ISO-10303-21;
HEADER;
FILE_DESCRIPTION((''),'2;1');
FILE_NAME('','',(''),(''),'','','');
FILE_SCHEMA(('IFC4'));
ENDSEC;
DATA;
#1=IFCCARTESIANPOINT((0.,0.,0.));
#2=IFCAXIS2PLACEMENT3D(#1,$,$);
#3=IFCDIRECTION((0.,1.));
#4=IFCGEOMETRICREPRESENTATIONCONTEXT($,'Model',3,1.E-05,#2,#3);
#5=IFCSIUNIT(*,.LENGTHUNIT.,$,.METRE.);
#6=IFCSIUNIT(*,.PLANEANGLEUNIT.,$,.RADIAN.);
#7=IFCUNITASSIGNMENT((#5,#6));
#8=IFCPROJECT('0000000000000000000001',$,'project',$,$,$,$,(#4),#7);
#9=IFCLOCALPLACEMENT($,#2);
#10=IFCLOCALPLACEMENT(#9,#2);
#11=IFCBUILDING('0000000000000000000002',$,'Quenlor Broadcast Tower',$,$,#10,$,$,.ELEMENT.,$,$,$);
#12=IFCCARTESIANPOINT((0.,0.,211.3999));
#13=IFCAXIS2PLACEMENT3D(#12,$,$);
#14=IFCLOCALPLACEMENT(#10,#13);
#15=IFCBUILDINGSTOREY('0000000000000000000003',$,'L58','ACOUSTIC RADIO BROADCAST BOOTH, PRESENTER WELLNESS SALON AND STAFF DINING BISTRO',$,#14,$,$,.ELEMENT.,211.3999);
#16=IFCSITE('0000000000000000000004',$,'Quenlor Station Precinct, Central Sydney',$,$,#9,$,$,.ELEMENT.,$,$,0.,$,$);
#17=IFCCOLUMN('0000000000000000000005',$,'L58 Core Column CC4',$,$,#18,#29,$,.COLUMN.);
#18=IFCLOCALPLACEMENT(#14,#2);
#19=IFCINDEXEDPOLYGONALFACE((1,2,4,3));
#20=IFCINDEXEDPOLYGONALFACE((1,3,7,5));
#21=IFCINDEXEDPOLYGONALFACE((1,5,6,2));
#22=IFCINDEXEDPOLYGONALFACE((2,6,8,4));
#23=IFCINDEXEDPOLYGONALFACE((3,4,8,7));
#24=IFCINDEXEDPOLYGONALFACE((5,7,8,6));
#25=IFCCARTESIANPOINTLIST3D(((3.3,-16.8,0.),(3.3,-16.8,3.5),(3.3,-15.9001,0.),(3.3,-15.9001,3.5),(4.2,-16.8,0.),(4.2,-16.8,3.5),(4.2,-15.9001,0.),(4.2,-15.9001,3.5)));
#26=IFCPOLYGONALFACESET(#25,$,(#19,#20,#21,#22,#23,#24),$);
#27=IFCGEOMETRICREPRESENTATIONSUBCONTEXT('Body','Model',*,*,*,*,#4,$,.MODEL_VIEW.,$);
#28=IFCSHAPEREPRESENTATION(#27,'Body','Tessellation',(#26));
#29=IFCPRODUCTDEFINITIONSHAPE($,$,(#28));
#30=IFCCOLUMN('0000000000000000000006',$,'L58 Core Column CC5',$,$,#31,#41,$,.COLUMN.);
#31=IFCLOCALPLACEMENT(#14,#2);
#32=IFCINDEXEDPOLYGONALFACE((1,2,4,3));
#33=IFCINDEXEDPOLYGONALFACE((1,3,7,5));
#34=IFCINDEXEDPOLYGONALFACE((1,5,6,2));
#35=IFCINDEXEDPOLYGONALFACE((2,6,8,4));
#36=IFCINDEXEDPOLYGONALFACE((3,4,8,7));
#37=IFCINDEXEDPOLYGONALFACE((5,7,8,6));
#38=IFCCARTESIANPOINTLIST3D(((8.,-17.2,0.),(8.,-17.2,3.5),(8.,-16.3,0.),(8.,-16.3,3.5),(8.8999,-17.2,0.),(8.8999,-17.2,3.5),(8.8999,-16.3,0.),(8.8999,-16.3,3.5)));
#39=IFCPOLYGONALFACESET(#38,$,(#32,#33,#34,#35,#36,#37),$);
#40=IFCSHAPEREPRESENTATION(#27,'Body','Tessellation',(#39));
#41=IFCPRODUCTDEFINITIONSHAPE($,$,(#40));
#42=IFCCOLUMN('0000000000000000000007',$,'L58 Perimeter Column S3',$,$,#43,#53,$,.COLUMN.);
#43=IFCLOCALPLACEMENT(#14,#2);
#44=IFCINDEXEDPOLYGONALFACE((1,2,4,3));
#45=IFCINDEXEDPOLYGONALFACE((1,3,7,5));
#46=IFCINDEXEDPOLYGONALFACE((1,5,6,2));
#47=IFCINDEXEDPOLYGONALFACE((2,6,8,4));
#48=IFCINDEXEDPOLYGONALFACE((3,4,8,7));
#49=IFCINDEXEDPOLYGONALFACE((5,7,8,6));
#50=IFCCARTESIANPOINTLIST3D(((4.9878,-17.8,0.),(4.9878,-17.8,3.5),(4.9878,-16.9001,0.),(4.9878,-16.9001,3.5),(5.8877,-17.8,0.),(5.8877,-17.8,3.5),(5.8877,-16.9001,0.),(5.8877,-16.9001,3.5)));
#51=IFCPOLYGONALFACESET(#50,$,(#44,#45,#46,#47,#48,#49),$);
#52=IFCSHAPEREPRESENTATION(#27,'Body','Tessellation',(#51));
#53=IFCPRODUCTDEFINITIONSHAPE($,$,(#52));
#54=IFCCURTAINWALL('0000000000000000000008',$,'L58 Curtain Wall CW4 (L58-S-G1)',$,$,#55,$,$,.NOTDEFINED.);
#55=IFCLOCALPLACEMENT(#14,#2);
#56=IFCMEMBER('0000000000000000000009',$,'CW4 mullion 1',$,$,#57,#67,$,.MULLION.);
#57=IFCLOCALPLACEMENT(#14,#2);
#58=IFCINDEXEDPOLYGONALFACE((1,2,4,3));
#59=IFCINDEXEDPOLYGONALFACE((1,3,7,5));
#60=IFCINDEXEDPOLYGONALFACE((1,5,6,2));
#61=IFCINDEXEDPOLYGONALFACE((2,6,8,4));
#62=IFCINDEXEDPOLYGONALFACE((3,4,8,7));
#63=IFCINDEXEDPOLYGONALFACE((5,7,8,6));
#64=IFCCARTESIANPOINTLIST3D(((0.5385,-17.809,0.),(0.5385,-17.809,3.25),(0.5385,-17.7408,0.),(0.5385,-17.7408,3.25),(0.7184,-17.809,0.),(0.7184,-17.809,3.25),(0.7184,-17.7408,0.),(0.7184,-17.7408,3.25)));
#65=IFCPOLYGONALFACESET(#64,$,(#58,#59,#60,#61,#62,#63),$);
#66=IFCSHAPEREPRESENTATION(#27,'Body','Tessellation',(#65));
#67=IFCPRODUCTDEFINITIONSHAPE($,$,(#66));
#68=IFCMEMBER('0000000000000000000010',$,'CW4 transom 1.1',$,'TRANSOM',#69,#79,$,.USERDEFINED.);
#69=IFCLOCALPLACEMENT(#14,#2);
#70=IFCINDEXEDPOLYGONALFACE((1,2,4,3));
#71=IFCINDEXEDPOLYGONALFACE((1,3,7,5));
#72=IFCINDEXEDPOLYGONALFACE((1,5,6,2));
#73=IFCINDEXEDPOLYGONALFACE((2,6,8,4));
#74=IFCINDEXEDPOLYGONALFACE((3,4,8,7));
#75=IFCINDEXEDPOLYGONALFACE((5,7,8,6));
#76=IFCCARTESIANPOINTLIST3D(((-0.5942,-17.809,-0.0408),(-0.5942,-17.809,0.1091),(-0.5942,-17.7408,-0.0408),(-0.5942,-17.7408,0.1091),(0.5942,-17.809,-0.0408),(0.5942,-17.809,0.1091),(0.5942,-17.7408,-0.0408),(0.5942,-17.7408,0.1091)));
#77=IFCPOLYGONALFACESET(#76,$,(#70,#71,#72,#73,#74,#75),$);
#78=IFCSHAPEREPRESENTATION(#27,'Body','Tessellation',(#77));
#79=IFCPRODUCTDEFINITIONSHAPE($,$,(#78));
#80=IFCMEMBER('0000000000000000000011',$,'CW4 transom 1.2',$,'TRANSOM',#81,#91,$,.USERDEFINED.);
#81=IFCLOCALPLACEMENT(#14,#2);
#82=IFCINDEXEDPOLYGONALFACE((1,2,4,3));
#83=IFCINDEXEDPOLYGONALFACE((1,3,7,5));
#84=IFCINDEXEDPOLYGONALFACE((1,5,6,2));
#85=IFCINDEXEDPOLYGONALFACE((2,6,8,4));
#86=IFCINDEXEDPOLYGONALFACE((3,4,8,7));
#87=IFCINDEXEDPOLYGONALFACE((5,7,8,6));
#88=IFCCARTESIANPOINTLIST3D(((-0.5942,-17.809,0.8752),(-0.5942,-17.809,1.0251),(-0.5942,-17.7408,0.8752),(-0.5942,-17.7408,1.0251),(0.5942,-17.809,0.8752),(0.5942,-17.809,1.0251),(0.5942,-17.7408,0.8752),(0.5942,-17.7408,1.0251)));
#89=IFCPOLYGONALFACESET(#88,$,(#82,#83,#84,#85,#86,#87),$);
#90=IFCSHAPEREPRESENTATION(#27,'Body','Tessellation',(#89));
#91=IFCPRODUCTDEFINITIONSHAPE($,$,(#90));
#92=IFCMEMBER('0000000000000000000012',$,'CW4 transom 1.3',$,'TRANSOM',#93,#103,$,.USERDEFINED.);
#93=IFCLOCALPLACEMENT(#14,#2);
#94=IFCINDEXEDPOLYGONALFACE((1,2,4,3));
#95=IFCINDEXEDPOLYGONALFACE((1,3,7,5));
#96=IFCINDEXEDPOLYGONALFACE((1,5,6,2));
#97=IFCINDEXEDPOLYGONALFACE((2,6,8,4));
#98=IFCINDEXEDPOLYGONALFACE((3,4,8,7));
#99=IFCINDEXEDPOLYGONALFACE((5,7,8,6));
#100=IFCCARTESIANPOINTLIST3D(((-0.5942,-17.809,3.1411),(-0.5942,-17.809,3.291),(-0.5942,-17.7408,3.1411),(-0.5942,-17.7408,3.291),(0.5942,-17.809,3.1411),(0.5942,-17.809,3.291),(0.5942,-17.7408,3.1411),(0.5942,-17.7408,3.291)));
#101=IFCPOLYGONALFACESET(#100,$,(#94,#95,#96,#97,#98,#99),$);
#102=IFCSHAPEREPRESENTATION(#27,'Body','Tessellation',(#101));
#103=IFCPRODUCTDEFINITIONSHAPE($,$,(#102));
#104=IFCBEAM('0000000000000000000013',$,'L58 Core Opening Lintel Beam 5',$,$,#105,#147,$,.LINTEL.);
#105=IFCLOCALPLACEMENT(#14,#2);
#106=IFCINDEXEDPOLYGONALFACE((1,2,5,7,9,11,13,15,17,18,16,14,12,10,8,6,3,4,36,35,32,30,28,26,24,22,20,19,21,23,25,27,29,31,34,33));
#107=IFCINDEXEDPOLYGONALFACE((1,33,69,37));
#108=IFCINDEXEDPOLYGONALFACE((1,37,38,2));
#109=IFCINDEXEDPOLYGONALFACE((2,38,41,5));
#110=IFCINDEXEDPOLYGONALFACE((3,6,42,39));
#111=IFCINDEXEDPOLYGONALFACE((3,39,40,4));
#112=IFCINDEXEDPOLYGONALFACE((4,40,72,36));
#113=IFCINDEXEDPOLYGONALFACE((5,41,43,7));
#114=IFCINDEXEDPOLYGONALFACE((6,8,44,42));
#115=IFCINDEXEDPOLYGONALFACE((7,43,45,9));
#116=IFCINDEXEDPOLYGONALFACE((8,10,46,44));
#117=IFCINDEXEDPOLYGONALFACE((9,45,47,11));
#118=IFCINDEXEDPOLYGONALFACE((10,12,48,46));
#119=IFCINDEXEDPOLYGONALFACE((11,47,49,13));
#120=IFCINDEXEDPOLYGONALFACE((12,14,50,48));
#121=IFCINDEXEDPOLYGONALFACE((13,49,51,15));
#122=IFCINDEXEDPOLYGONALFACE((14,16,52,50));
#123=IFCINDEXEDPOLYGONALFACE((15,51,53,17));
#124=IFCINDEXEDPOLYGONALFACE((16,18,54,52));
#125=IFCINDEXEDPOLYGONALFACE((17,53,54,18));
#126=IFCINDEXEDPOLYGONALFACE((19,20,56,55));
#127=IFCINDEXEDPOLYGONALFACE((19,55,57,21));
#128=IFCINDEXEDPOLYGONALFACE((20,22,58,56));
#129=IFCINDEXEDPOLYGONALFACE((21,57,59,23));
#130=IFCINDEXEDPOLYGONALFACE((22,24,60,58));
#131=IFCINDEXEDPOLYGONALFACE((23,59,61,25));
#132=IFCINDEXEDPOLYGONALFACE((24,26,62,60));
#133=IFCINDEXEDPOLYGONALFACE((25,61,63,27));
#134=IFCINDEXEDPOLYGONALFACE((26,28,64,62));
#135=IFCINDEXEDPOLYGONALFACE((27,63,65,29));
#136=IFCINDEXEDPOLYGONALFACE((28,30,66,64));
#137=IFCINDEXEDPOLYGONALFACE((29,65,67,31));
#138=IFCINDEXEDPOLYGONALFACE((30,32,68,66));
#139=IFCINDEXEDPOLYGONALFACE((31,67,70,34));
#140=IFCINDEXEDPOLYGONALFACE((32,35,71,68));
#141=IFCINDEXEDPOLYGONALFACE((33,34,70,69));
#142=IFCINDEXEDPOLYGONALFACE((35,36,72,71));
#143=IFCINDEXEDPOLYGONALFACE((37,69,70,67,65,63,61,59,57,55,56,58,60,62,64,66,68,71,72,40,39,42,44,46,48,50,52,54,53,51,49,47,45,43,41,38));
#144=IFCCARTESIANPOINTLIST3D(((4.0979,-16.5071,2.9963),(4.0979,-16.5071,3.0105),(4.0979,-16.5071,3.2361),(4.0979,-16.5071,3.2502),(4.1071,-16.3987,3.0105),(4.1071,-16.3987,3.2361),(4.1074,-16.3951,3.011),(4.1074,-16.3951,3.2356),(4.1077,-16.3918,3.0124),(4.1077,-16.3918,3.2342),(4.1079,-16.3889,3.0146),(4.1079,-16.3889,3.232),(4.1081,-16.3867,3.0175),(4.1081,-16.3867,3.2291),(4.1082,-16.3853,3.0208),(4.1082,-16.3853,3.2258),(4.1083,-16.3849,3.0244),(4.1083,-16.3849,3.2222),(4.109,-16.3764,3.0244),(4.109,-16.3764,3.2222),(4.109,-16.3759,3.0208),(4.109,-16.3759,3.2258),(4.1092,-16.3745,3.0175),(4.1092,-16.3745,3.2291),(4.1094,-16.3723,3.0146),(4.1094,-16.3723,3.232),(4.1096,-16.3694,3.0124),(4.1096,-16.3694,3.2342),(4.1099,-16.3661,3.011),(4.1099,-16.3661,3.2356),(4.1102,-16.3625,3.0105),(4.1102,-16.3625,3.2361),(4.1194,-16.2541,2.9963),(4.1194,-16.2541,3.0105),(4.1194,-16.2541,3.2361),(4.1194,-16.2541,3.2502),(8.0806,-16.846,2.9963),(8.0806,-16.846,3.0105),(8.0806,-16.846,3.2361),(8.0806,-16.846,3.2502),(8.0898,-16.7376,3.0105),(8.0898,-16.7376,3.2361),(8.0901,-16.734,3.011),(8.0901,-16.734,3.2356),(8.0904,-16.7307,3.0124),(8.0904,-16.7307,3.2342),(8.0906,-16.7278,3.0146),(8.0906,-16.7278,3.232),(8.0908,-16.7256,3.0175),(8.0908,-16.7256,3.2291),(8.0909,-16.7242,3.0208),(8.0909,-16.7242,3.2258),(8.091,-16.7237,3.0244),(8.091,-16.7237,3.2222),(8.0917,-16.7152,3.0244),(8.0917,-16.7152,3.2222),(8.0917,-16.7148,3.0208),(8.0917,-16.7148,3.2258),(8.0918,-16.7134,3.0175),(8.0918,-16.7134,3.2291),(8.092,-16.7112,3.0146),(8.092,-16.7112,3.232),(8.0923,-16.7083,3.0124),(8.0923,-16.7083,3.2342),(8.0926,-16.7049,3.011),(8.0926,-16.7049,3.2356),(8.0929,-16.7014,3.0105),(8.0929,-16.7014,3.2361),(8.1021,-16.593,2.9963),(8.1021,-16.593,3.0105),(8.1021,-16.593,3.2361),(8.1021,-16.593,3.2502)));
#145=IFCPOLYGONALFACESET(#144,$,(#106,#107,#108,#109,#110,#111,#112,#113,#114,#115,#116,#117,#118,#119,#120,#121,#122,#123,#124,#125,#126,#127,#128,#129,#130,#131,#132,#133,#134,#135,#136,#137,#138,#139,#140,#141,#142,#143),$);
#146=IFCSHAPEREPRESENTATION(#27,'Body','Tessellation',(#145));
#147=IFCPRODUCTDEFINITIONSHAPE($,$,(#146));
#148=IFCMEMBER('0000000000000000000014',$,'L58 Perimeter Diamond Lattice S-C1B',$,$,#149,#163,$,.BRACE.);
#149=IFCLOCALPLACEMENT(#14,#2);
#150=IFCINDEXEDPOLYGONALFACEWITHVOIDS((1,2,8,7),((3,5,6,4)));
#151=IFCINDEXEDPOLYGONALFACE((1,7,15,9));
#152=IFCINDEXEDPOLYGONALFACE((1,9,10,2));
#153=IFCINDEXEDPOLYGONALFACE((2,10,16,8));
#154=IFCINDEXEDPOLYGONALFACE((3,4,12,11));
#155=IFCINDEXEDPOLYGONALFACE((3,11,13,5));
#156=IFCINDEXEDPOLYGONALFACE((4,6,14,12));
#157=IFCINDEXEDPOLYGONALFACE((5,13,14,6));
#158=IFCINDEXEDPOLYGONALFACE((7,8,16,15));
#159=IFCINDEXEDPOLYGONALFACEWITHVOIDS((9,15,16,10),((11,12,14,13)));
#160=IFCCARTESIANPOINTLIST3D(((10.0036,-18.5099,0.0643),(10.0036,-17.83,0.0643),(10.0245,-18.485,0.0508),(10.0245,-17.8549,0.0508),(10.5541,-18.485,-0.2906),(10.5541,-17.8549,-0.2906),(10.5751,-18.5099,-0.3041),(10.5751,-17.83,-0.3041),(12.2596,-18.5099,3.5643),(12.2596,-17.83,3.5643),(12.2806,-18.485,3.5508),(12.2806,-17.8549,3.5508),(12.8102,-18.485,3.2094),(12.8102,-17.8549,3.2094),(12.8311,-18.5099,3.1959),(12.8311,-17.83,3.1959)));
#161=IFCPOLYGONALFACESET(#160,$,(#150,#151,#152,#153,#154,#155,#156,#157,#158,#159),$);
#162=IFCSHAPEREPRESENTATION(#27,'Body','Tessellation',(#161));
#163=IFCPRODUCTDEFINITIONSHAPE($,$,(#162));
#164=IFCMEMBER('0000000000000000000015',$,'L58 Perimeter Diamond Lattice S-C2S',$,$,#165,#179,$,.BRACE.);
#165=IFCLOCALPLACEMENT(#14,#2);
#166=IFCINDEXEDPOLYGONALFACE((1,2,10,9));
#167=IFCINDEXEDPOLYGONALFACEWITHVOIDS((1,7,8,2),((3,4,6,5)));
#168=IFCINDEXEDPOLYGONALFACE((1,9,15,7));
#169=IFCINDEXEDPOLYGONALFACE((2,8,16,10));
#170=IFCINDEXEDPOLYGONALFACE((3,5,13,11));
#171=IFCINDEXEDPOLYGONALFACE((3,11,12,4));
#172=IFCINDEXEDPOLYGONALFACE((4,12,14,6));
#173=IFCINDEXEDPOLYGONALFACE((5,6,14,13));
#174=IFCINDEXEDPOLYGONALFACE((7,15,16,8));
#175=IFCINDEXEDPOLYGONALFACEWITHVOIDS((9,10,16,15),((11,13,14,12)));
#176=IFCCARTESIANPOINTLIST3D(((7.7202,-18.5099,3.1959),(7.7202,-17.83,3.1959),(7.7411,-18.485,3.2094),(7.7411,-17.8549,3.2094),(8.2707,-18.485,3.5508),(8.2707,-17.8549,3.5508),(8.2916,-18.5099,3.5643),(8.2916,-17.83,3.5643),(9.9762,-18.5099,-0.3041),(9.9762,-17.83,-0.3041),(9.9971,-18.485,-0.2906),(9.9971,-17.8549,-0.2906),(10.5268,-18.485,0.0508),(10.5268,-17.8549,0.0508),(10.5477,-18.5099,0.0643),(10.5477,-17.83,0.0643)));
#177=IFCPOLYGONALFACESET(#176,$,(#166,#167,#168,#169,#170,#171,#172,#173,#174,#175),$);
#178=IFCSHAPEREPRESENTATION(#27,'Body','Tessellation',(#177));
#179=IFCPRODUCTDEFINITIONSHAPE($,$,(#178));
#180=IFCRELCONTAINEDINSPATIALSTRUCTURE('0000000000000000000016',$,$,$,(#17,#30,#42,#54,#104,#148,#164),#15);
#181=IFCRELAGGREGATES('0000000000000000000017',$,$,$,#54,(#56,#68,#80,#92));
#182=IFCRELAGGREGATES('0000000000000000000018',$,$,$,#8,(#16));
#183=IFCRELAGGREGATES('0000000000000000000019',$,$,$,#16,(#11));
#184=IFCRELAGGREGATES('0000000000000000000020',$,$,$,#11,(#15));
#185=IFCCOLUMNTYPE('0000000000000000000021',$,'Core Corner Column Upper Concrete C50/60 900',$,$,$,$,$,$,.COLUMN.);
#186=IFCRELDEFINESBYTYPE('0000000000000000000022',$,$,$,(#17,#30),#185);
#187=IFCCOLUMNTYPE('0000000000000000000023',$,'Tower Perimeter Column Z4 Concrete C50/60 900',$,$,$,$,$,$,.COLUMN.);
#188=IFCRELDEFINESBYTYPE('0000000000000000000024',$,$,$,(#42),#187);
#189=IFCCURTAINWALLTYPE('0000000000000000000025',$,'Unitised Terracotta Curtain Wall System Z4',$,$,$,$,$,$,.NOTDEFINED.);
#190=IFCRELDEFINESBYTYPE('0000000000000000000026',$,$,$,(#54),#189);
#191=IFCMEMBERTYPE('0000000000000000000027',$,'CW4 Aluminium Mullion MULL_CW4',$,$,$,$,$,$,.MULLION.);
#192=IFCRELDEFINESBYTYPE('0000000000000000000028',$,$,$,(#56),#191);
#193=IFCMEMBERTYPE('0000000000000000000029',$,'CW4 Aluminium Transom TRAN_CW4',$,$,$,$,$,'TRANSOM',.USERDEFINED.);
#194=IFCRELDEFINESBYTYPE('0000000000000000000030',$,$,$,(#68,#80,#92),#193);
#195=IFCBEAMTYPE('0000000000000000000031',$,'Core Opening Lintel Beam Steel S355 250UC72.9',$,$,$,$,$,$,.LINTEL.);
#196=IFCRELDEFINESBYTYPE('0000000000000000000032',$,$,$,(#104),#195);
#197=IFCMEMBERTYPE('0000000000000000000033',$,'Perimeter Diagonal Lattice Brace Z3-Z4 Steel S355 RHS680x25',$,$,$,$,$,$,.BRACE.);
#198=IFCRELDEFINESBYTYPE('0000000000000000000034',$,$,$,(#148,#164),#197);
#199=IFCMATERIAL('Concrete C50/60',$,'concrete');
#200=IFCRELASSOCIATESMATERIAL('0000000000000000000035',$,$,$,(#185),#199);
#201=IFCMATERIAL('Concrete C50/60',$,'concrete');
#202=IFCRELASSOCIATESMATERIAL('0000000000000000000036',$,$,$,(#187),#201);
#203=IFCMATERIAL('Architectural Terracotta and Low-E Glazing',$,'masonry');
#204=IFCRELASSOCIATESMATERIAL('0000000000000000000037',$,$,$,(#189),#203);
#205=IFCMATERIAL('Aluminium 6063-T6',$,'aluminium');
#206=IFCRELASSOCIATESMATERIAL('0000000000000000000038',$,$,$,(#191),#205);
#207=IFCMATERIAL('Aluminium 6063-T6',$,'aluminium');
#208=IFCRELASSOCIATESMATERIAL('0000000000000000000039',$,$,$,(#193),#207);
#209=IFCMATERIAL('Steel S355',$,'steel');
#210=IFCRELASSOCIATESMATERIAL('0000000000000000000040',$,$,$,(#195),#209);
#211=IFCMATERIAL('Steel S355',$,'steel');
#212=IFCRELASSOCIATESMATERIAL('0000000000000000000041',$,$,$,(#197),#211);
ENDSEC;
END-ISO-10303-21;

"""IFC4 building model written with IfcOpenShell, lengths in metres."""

from ifc_helpers import new_model, si_unit, direction, frame, origin, origin_2d, place, context, subcontext, project, spatial, rectangle, hollow_rectangle, i_section, extrude, material, material_profile, profile_set, type_object, element, aggregate, save


model = new_model("IFC4")

# Units and contexts
model_context = context("Model", 3, precision=1e-05, world=origin(), true_north=direction((0.0, 1.0)))
body_context = subcontext(model_context, "Body", "Model", "MODEL_VIEW")
ifc_project = project(units=[si_unit("LENGTHUNIT", "METRE"), si_unit("PLANEANGLEUNIT", "RADIAN")], contexts=[model_context])

# Site, building, storey
site_placement = place(None, origin())
site = spatial("IfcSite", under=ifc_project, at=site_placement, Name="Quenlor Station Precinct, Central Sydney", CompositionType="ELEMENT", RefElevation=0.0)
building_placement = place(site_placement, origin())
building = spatial("IfcBuilding", under=site, at=building_placement, Name="Quenlor Broadcast Tower", CompositionType="ELEMENT")
storey_placement = place(building_placement, frame((0.0, 0.0, 211.3999)))
storey = spatial("IfcBuildingStorey", under=building, at=storey_placement, Name="L58", Description="ACOUSTIC RADIO BROADCAST BOOTH, PRESENTER WELLNESS SALON AND STAFF DINING BISTRO", CompositionType="ELEMENT", Elevation=211.3999)

# Columns
ifc_material_1 = material(Name="Concrete C50/60", Category="concrete")
ifc_material_profile_1 = material_profile(ifc_material_1, rectangle(XDim=0.8999, YDim=0.8999, at=origin_2d()))
ifc_profile_set_1 = profile_set([ifc_material_profile_1], Name="Concrete C50/60 RC900x900")
column_type_1 = type_object("IfcColumnType", Name="Core Corner Column Upper Concrete C50/60 900", PredefinedType="COLUMN", material=ifc_profile_set_1)
for number, where, z_axis, x_axis, name in (
    (1, (3.75, -16.3501, 0.0), (0.0, 0.0, 1.0), (1.0, 0.0, 0.0), "L58 Core Column CC4"),
    (2, (8.45, -16.75, 0.0), (0.0, 0.0, 1.0), (1.0, 0.0, 0.0), "L58 Core Column CC5"),
):
    element("IfcColumn", number, at=place(storey_placement, frame(where, z_axis=z_axis, x_axis=x_axis)), inside=storey, type_object=column_type_1, Name=name, PredefinedType="COLUMN", context=body_context, shape_type="SweptSolid", body=[
        extrude(rectangle(XDim=0.8999, YDim=0.8999, at=origin_2d()), origin(), (0.0, 0.0, 1.0), 3.5),
    ])
ifc_material_2 = material(Name="Concrete C50/60", Category="concrete")
ifc_material_profile_2 = material_profile(ifc_material_2, rectangle(XDim=0.8999, YDim=0.8999, at=origin_2d()))
ifc_profile_set_2 = profile_set([ifc_material_profile_2], Name="Concrete C50/60 RC900x900")
column_type_2 = type_object("IfcColumnType", Name="Tower Perimeter Column Z4 Concrete C50/60 900", PredefinedType="COLUMN", material=ifc_profile_set_2)
column_placement = place(storey_placement, frame((5.4377, -17.3501, 0.0), z_axis=(0.0, 0.0, 1.0), x_axis=(0.0, 1.0, 0.0)))
element("IfcColumn", 3, at=column_placement, inside=storey, type_object=column_type_2, Name="L58 Perimeter Column S3", PredefinedType="COLUMN", context=body_context, shape_type="SweptSolid", body=[
    extrude(rectangle(XDim=0.8999, YDim=0.8999, at=origin_2d()), origin(), (0.0, 0.0, 1.0), 3.5),
])

# Curtain wall, members
ifc_material_3 = material(Name="Architectural Terracotta and Low-E Glazing", Category="masonry")
curtain_wall_type = type_object("IfcCurtainWallType", Name="Unitised Terracotta Curtain Wall System Z4", PredefinedType="NOTDEFINED", material=ifc_material_3)
curtain_wall_placement = place(storey_placement, origin())
curtain_wall = element("IfcCurtainWall", 4, at=curtain_wall_placement, inside=storey, type_object=curtain_wall_type, Name="L58 Curtain Wall CW4 (L58-S-G1)", PredefinedType="NOTDEFINED")
ifc_material_4 = material(Name="Aluminium 6063-T6", Category="aluminium")
ifc_material_profile_3 = material_profile(ifc_material_4, rectangle(XDim=0.0681, YDim=0.1799, at=origin_2d()))
ifc_profile_set_3 = profile_set([ifc_material_profile_3], Name="Aluminium 6063-T6 MULL68x180")
member_type_1 = type_object("IfcMemberType", Name="CW4 Aluminium Mullion MULL_CW4", PredefinedType="MULLION", material=ifc_profile_set_3)
member_1_placement = place(storey_placement, frame((0.6284, -17.7749, 0.0), z_axis=(0.0, 0.0, 1.0), x_axis=(0.0, -1.0, 0.0)))
member_1 = element("IfcMember", 5, at=member_1_placement, type_object=member_type_1, Name="CW4 mullion 1", PredefinedType="MULLION", context=body_context, shape_type="SweptSolid", body=[
    extrude(rectangle(XDim=0.0681, YDim=0.1799, at=origin_2d()), origin(), (0.0, 0.0, 1.0), 3.25),
])
ifc_material_5 = material(Name="Aluminium 6063-T6", Category="aluminium")
ifc_material_profile_4 = material_profile(ifc_material_5, rectangle(XDim=0.0681, YDim=0.1499, at=origin_2d()))
ifc_profile_set_4 = profile_set([ifc_material_profile_4], Name="Aluminium 6063-T6 TRAN68x150")
member_type_2 = type_object("IfcMemberType", Name="CW4 Aluminium Transom TRAN_CW4", ElementType="TRANSOM", PredefinedType="USERDEFINED", material=ifc_profile_set_4)
member_2_placement = place(storey_placement, frame((0.5942, -17.7749, 0.0342), z_axis=(-1.0, 0.0, 0.0), x_axis=(0.0, -1.0, 0.0)))
member_2 = element("IfcMember", 6, at=member_2_placement, type_object=member_type_2, Name="CW4 transom 1.1", ObjectType="TRANSOM", PredefinedType="USERDEFINED", context=body_context, shape_type="SweptSolid", body=[
    extrude(rectangle(XDim=0.0681, YDim=0.1499, at=origin_2d()), origin(), (0.0, 0.0, 1.0), 1.1885),
])
member_3_placement = place(storey_placement, frame((0.5942, -17.7749, 0.9502), z_axis=(-1.0, 0.0, 0.0), x_axis=(0.0, -1.0, 0.0)))
member_3 = element("IfcMember", 7, at=member_3_placement, type_object=member_type_2, Name="CW4 transom 1.2", ObjectType="TRANSOM", PredefinedType="USERDEFINED", context=body_context, shape_type="SweptSolid", body=[
    extrude(rectangle(XDim=0.0681, YDim=0.1499, at=origin_2d()), origin(), (0.0, 0.0, 1.0), 1.1885),
])
member_4_placement = place(storey_placement, frame((0.5942, -17.7749, 3.2161), z_axis=(-1.0, 0.0, 0.0), x_axis=(0.0, -1.0, 0.0)))
member_4 = element("IfcMember", 8, at=member_4_placement, type_object=member_type_2, Name="CW4 transom 1.3", ObjectType="TRANSOM", PredefinedType="USERDEFINED", context=body_context, shape_type="SweptSolid", body=[
    extrude(rectangle(XDim=0.0681, YDim=0.1499, at=origin_2d()), origin(), (0.0, 0.0, 1.0), 1.1885),
])
aggregate(curtain_wall, [member_1, member_2, member_3, member_4])

# Beam
ifc_material_6 = material(Name="Steel S355", Category="steel")
ifc_material_profile_5 = material_profile(ifc_material_6, i_section(OverallWidth=0.2539, OverallDepth=0.2539, WebThickness=0.0085, FlangeThickness=0.0142, FilletRadius=0.0139, at=origin_2d()))
ifc_profile_set_5 = profile_set([ifc_material_profile_5], Name="Steel S355 250UC72.9")
beam_type_1 = type_object("IfcBeamType", Name="Core Opening Lintel Beam Steel S355 250UC72.9", PredefinedType="LINTEL", material=ifc_profile_set_5)
beam_1_placement = place(storey_placement, frame((4.1086, -16.3806, 3.1233), z_axis=(0.9964, -0.084779, 0.0), x_axis=(0.084779, 0.9964, 0.0)))
element("IfcBeam", 9, at=beam_1_placement, inside=storey, type_object=beam_type_1, Name="L58 Core Opening Lintel Beam 5", PredefinedType="LINTEL", context=body_context, shape_type="SweptSolid", body=[
    extrude(i_section(OverallWidth=0.2539, OverallDepth=0.2539, WebThickness=0.0085, FlangeThickness=0.0142, FilletRadius=0.0139, at=origin_2d()), origin(), (0.0, 0.0, 1.0), 3.9971),
])

# Members
ifc_material_7 = material(Name="Steel S355", Category="steel")
ifc_material_profile_6 = material_profile(ifc_material_7, hollow_rectangle(XDim=0.6799, YDim=0.6799, WallThickness=0.0249, at=origin_2d()))
ifc_profile_set_6 = profile_set([ifc_material_profile_6], Name="Steel S355 RHS680x680x25")
member_type_3 = type_object("IfcMemberType", Name="Perimeter Diagonal Lattice Brace Z3-Z4 Steel S355 RHS680x25", PredefinedType="BRACE", material=ifc_profile_set_6)
for number, where, z_axis, x_axis, name in (
    (10, (10.2893, -18.1699, -0.1199), (0.541794, 0.0, 0.840511), (0.0, 1.0, 0.0), "L58 Perimeter Diamond Lattice S-C1B"),
    (11, (10.262, -18.1699, -0.1199), (-0.541794, 0.0, 0.840511), (0.0, -1.0, 0.0), "L58 Perimeter Diamond Lattice S-C2S"),
):
    element("IfcMember", number, at=place(storey_placement, frame(where, z_axis=z_axis, x_axis=x_axis)), inside=storey, type_object=member_type_3, Name=name, PredefinedType="BRACE", context=body_context, shape_type="SweptSolid", body=[
        extrude(hollow_rectangle(XDim=0.6799, YDim=0.6799, WallThickness=0.0249, at=origin_2d()), origin(), (0.0, 0.0, 1.0), 4.1641),
    ])

save(model, "model.ifc")
